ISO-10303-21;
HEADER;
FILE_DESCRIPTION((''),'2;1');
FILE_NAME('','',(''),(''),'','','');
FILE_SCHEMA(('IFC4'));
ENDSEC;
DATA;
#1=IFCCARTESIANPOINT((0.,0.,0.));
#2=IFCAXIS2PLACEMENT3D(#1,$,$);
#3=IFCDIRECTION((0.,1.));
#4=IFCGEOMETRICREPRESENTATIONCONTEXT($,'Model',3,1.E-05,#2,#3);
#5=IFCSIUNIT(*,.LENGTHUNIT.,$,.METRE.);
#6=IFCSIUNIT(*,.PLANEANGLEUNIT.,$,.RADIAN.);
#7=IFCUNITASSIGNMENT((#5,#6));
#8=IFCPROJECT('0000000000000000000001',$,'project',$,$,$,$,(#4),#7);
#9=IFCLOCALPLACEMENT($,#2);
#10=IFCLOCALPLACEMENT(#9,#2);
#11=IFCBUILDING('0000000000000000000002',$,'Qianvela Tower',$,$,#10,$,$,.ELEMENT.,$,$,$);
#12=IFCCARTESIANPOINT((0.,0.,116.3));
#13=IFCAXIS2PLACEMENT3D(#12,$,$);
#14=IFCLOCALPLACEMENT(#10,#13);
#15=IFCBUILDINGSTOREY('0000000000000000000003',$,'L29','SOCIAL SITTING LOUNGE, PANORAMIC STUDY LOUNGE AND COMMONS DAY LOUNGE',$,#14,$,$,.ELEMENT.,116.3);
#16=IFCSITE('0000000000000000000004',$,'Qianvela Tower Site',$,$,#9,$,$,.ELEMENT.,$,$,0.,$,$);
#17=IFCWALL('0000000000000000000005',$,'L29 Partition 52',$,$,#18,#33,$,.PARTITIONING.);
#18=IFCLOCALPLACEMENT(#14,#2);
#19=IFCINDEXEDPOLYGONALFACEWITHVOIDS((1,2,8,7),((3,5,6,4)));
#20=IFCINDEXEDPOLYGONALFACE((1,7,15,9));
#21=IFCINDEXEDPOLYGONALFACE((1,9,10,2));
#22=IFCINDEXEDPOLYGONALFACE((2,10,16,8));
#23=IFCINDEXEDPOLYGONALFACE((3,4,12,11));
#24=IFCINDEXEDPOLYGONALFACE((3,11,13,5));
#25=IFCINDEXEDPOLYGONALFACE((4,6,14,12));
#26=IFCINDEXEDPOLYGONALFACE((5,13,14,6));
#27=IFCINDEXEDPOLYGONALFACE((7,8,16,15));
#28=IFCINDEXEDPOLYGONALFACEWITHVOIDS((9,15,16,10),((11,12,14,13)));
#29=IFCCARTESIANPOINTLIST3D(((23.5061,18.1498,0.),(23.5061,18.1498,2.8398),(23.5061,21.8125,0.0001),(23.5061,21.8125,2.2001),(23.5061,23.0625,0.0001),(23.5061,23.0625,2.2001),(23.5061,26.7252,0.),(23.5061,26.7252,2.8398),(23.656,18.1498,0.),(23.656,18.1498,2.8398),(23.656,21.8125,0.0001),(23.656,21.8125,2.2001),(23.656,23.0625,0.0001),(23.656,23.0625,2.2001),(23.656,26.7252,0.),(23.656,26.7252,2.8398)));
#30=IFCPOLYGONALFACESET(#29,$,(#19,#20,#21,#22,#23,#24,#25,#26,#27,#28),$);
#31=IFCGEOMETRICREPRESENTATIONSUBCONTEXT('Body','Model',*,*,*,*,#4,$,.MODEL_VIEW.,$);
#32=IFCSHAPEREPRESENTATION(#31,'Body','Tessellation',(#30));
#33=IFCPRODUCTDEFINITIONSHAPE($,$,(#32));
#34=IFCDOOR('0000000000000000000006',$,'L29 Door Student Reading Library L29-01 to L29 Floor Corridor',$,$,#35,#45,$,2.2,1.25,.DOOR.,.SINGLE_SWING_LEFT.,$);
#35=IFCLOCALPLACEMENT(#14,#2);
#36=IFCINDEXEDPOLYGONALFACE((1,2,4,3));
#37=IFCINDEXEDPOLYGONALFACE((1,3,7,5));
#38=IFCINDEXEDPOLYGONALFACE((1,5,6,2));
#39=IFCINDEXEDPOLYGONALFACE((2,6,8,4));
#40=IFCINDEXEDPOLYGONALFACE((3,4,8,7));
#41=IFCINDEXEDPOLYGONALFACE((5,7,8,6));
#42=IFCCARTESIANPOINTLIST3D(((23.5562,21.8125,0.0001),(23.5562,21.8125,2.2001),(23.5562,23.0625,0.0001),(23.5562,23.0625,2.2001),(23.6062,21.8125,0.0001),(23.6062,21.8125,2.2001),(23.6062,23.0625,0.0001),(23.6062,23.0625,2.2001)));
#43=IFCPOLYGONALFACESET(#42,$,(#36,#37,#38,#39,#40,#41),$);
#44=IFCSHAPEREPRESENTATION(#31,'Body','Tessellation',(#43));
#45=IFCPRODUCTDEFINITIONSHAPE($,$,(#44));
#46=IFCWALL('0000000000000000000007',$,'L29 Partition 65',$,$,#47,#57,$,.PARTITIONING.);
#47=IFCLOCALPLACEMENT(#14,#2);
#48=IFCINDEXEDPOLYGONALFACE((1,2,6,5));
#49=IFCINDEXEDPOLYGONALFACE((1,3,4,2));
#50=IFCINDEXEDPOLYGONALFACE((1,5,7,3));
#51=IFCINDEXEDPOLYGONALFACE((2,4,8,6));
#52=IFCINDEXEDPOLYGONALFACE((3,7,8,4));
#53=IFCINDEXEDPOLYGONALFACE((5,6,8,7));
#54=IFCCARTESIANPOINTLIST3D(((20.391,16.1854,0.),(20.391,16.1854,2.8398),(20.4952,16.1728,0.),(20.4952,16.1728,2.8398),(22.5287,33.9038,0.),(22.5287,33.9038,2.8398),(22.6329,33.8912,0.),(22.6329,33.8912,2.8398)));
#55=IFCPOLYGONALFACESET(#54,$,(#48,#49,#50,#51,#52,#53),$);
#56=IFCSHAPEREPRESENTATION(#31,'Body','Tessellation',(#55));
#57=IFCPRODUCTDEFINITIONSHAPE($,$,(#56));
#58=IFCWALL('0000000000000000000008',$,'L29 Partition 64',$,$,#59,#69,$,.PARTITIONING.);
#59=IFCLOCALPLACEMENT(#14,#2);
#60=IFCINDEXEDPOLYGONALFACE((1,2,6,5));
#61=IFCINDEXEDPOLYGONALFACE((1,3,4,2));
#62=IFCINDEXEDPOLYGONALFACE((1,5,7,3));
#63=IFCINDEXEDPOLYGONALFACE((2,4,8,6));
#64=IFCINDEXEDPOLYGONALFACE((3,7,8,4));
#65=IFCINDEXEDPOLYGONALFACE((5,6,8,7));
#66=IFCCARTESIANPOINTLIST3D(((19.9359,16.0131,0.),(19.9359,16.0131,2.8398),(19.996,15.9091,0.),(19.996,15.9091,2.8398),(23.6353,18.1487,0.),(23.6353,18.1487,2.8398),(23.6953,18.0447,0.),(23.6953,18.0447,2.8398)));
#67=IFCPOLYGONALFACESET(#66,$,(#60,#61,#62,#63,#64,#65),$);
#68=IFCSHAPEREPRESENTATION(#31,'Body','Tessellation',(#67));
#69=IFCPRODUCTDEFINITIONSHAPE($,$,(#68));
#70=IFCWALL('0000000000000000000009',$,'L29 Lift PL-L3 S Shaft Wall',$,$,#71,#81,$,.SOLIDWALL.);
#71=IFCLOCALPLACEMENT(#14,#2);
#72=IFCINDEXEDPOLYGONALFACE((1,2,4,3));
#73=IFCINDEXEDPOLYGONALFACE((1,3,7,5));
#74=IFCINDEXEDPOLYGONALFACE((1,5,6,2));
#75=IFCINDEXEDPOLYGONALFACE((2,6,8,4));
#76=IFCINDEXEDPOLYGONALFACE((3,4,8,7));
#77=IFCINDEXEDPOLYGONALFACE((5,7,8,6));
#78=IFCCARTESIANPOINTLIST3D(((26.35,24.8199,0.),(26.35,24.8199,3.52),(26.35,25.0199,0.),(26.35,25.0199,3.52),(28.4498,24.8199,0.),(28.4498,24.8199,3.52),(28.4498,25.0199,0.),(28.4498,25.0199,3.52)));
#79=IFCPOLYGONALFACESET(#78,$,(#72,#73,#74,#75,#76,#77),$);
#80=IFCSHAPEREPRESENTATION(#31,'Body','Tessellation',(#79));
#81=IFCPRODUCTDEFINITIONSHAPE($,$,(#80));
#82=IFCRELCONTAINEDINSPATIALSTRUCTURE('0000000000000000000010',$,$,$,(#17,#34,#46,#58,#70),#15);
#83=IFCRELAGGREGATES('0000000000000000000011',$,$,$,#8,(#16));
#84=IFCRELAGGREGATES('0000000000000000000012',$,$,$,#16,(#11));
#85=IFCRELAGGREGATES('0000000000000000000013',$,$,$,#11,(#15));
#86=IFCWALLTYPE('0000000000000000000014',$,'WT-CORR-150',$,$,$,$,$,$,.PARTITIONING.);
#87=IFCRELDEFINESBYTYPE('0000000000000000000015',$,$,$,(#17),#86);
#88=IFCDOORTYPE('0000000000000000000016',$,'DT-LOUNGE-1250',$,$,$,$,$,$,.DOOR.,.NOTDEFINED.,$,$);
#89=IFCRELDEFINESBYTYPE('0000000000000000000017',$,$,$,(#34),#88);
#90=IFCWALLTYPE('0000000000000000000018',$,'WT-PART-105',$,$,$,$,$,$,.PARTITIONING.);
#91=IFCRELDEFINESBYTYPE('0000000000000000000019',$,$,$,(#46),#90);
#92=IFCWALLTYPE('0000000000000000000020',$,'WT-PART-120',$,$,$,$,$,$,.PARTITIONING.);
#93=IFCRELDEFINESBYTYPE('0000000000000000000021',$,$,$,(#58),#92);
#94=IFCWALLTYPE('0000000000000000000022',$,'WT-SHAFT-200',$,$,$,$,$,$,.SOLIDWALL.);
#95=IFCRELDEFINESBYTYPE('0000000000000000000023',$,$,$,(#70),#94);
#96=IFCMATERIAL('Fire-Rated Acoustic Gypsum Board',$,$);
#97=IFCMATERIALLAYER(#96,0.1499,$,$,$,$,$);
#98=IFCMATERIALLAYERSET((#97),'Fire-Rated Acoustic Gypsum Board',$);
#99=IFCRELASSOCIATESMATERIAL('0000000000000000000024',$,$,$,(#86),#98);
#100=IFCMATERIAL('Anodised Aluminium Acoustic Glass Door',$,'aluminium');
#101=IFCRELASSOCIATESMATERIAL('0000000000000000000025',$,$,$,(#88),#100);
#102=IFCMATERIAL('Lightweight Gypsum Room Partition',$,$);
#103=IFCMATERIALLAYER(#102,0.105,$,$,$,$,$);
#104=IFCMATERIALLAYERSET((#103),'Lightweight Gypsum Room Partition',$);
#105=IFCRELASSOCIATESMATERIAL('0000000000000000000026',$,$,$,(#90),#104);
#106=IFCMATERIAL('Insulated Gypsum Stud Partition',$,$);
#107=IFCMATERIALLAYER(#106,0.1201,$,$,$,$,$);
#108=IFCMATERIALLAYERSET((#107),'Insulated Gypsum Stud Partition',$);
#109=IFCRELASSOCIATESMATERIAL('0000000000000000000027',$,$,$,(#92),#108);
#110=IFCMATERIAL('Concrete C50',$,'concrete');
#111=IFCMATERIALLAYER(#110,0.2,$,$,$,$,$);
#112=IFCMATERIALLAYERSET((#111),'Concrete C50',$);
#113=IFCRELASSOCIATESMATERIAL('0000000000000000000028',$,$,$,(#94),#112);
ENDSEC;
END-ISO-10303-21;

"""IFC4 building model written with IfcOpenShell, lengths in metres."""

from ifc_helpers import new_model, si_unit, direction, frame, frame_2d, origin, place, context, subcontext, project, spatial, rectangle, extrude, material, layer, layer_set, type_object, element, fill, save


model = new_model("IFC4")

# Units and contexts
model_context = context("Model", 3, precision=1e-05, world=origin(), true_north=direction((0.0, 1.0)))
body_context = subcontext(model_context, "Body", "Model", "MODEL_VIEW")
ifc_project = project(units=[si_unit("LENGTHUNIT", "METRE"), si_unit("PLANEANGLEUNIT", "RADIAN")], contexts=[model_context])

# Site, building, storey
site_placement = place(None, origin())
site = spatial("IfcSite", under=ifc_project, at=site_placement, Name="Qianvela Tower Site", CompositionType="ELEMENT", RefElevation=0.0)
building_placement = place(site_placement, origin())
building = spatial("IfcBuilding", under=site, at=building_placement, Name="Qianvela Tower", CompositionType="ELEMENT")
storey_placement = place(building_placement, frame((0.0, 0.0, 116.3)))
storey = spatial("IfcBuildingStorey", under=building, at=storey_placement, Name="L29", Description="SOCIAL SITTING LOUNGE, PANORAMIC STUDY LOUNGE AND COMMONS DAY LOUNGE", CompositionType="ELEMENT", Elevation=116.3)

# Shared definitions
ifc_material_1 = material(Name="Fire-Rated Acoustic Gypsum Board")
ifc_layer_1 = layer(ifc_material_1, 0.1499)
ifc_layer_set_1 = layer_set([ifc_layer_1], Name="Fire-Rated Acoustic Gypsum Board")
wall_type_1 = type_object("IfcWallType", Name="WT-CORR-150", PredefinedType="PARTITIONING", material=ifc_layer_set_1)

# Wall, opening, door
wall_1_placement = place(storey_placement, frame((23.5811, 18.1499, 0.0), z_axis=(0.0, 0.0, 1.0), x_axis=(0.0, 1.0, 0.0)))
wall_1 = element("IfcWall", 1, at=wall_1_placement, inside=storey, type_object=wall_type_1, Name="L29 Partition 52", PredefinedType="PARTITIONING", context=body_context, shape_type="SweptSolid", body=[
    extrude(rectangle(XDim=8.5754, YDim=0.1499, at=frame_2d((4.2876, 0.0))), origin(), (0.0, 0.0, 1.0), 2.8398),
])
opening_1_placement = place(wall_1_placement, frame((3.6626, 0.0, 0.0)))
opening_1 = element("IfcOpeningElement", 2, at=opening_1_placement, cuts=wall_1, PredefinedType="OPENING", context=body_context, shape_type="SweptSolid", body=[
    extrude(rectangle(XDim=1.25, YDim=2.2, at=frame_2d((0.625, 1.1001))), frame((0.0, 0.085, 0.0), z_axis=(0.0, -1.0, 0.0), x_axis=(1.0, 0.0, 0.0)), (0.0, 0.0, 1.0), 0.1699),
])
ifc_material_2 = material(Name="Anodised Aluminium Acoustic Glass Door", Category="aluminium")
door_type_1 = type_object("IfcDoorType", Name="DT-LOUNGE-1250", OperationType="NOTDEFINED", PredefinedType="DOOR", material=ifc_material_2)
door_1_placement = place(opening_1_placement, origin())
door_1 = element("IfcDoor", 3, at=door_1_placement, inside=storey, type_object=door_type_1, Name="L29 Door Student Reading Library L29-01 to L29 Floor Corridor", OperationType="SINGLE_SWING_LEFT", OverallHeight=2.2, OverallWidth=1.25, PredefinedType="DOOR", context=body_context, shape_type="SweptSolid", body=[
    extrude(rectangle(XDim=1.25, YDim=2.2, at=frame_2d((0.625, 1.1001))), frame((0.0, 0.0249, 0.0), z_axis=(0.0, -1.0, 0.0), x_axis=(1.0, 0.0, 0.0)), (0.0, 0.0, 1.0), 0.05),
])
fill(opening_1, door_1)

# Walls
ifc_material_3 = material(Name="Lightweight Gypsum Room Partition")
ifc_layer_2 = layer(ifc_material_3, 0.105)
ifc_layer_set_2 = layer_set([ifc_layer_2], Name="Lightweight Gypsum Room Partition")
wall_type_2 = type_object("IfcWallType", Name="WT-PART-105", PredefinedType="PARTITIONING", material=ifc_layer_set_2)
wall_2_placement = place(storey_placement, frame((20.4431, 16.1792, 0.0), z_axis=(0.0, 0.0, 1.0), x_axis=(0.119779, 0.992801, 0.0)))
element("IfcWall", 4, at=wall_2_placement, inside=storey, type_object=wall_type_2, Name="L29 Partition 65", PredefinedType="PARTITIONING", context=body_context, shape_type="SweptSolid", body=[
    extrude(rectangle(XDim=17.8469, YDim=0.105, at=frame_2d((8.9233, 0.0))), origin(), (0.0, 0.0, 1.0), 2.8398),
])
ifc_material_4 = material(Name="Insulated Gypsum Stud Partition")
ifc_layer_3 = layer(ifc_material_4, 0.1201)
ifc_layer_set_3 = layer_set([ifc_layer_3], Name="Insulated Gypsum Stud Partition")
wall_type_3 = type_object("IfcWallType", Name="WT-PART-120", PredefinedType="PARTITIONING", material=ifc_layer_set_3)
wall_3_placement = place(storey_placement, frame((23.6653, 18.0967, 0.0), z_axis=(0.0, 0.0, 1.0), x_axis=(-0.86605, -0.499957, 0.0)))
element("IfcWall", 5, at=wall_3_placement, inside=storey, type_object=wall_type_3, Name="L29 Partition 64", PredefinedType="PARTITIONING", context=body_context, shape_type="SweptSolid", body=[
    extrude(rectangle(XDim=4.2715, YDim=0.1201, at=frame_2d((2.1357, 0.0))), origin(), (0.0, 0.0, 1.0), 2.8398),
])

# Shared definitions
ifc_material_5 = material(Name="Concrete C50", Category="concrete")
ifc_layer_4 = layer(ifc_material_5, 0.2)
ifc_layer_set_4 = layer_set([ifc_layer_4], Name="Concrete C50")
wall_type_4 = type_object("IfcWallType", Name="WT-SHAFT-200", PredefinedType="SOLIDWALL", material=ifc_layer_set_4)

# Wall
wall_4_placement = place(storey_placement, frame((26.3501, 24.9199, 0.0), z_axis=(0.0, 0.0, 1.0), x_axis=(1.0, 0.0, 0.0)))
element("IfcWall", 6, at=wall_4_placement, inside=storey, type_object=wall_type_4, Name="L29 Lift PL-L3 S Shaft Wall", PredefinedType="SOLIDWALL", context=body_context, shape_type="SweptSolid", body=[
    extrude(rectangle(XDim=2.0999, YDim=0.2, at=frame_2d((1.0498, 0.0))), origin(), (0.0, 0.0, 1.0), 3.52),
])

save(model, "model.ifc")
